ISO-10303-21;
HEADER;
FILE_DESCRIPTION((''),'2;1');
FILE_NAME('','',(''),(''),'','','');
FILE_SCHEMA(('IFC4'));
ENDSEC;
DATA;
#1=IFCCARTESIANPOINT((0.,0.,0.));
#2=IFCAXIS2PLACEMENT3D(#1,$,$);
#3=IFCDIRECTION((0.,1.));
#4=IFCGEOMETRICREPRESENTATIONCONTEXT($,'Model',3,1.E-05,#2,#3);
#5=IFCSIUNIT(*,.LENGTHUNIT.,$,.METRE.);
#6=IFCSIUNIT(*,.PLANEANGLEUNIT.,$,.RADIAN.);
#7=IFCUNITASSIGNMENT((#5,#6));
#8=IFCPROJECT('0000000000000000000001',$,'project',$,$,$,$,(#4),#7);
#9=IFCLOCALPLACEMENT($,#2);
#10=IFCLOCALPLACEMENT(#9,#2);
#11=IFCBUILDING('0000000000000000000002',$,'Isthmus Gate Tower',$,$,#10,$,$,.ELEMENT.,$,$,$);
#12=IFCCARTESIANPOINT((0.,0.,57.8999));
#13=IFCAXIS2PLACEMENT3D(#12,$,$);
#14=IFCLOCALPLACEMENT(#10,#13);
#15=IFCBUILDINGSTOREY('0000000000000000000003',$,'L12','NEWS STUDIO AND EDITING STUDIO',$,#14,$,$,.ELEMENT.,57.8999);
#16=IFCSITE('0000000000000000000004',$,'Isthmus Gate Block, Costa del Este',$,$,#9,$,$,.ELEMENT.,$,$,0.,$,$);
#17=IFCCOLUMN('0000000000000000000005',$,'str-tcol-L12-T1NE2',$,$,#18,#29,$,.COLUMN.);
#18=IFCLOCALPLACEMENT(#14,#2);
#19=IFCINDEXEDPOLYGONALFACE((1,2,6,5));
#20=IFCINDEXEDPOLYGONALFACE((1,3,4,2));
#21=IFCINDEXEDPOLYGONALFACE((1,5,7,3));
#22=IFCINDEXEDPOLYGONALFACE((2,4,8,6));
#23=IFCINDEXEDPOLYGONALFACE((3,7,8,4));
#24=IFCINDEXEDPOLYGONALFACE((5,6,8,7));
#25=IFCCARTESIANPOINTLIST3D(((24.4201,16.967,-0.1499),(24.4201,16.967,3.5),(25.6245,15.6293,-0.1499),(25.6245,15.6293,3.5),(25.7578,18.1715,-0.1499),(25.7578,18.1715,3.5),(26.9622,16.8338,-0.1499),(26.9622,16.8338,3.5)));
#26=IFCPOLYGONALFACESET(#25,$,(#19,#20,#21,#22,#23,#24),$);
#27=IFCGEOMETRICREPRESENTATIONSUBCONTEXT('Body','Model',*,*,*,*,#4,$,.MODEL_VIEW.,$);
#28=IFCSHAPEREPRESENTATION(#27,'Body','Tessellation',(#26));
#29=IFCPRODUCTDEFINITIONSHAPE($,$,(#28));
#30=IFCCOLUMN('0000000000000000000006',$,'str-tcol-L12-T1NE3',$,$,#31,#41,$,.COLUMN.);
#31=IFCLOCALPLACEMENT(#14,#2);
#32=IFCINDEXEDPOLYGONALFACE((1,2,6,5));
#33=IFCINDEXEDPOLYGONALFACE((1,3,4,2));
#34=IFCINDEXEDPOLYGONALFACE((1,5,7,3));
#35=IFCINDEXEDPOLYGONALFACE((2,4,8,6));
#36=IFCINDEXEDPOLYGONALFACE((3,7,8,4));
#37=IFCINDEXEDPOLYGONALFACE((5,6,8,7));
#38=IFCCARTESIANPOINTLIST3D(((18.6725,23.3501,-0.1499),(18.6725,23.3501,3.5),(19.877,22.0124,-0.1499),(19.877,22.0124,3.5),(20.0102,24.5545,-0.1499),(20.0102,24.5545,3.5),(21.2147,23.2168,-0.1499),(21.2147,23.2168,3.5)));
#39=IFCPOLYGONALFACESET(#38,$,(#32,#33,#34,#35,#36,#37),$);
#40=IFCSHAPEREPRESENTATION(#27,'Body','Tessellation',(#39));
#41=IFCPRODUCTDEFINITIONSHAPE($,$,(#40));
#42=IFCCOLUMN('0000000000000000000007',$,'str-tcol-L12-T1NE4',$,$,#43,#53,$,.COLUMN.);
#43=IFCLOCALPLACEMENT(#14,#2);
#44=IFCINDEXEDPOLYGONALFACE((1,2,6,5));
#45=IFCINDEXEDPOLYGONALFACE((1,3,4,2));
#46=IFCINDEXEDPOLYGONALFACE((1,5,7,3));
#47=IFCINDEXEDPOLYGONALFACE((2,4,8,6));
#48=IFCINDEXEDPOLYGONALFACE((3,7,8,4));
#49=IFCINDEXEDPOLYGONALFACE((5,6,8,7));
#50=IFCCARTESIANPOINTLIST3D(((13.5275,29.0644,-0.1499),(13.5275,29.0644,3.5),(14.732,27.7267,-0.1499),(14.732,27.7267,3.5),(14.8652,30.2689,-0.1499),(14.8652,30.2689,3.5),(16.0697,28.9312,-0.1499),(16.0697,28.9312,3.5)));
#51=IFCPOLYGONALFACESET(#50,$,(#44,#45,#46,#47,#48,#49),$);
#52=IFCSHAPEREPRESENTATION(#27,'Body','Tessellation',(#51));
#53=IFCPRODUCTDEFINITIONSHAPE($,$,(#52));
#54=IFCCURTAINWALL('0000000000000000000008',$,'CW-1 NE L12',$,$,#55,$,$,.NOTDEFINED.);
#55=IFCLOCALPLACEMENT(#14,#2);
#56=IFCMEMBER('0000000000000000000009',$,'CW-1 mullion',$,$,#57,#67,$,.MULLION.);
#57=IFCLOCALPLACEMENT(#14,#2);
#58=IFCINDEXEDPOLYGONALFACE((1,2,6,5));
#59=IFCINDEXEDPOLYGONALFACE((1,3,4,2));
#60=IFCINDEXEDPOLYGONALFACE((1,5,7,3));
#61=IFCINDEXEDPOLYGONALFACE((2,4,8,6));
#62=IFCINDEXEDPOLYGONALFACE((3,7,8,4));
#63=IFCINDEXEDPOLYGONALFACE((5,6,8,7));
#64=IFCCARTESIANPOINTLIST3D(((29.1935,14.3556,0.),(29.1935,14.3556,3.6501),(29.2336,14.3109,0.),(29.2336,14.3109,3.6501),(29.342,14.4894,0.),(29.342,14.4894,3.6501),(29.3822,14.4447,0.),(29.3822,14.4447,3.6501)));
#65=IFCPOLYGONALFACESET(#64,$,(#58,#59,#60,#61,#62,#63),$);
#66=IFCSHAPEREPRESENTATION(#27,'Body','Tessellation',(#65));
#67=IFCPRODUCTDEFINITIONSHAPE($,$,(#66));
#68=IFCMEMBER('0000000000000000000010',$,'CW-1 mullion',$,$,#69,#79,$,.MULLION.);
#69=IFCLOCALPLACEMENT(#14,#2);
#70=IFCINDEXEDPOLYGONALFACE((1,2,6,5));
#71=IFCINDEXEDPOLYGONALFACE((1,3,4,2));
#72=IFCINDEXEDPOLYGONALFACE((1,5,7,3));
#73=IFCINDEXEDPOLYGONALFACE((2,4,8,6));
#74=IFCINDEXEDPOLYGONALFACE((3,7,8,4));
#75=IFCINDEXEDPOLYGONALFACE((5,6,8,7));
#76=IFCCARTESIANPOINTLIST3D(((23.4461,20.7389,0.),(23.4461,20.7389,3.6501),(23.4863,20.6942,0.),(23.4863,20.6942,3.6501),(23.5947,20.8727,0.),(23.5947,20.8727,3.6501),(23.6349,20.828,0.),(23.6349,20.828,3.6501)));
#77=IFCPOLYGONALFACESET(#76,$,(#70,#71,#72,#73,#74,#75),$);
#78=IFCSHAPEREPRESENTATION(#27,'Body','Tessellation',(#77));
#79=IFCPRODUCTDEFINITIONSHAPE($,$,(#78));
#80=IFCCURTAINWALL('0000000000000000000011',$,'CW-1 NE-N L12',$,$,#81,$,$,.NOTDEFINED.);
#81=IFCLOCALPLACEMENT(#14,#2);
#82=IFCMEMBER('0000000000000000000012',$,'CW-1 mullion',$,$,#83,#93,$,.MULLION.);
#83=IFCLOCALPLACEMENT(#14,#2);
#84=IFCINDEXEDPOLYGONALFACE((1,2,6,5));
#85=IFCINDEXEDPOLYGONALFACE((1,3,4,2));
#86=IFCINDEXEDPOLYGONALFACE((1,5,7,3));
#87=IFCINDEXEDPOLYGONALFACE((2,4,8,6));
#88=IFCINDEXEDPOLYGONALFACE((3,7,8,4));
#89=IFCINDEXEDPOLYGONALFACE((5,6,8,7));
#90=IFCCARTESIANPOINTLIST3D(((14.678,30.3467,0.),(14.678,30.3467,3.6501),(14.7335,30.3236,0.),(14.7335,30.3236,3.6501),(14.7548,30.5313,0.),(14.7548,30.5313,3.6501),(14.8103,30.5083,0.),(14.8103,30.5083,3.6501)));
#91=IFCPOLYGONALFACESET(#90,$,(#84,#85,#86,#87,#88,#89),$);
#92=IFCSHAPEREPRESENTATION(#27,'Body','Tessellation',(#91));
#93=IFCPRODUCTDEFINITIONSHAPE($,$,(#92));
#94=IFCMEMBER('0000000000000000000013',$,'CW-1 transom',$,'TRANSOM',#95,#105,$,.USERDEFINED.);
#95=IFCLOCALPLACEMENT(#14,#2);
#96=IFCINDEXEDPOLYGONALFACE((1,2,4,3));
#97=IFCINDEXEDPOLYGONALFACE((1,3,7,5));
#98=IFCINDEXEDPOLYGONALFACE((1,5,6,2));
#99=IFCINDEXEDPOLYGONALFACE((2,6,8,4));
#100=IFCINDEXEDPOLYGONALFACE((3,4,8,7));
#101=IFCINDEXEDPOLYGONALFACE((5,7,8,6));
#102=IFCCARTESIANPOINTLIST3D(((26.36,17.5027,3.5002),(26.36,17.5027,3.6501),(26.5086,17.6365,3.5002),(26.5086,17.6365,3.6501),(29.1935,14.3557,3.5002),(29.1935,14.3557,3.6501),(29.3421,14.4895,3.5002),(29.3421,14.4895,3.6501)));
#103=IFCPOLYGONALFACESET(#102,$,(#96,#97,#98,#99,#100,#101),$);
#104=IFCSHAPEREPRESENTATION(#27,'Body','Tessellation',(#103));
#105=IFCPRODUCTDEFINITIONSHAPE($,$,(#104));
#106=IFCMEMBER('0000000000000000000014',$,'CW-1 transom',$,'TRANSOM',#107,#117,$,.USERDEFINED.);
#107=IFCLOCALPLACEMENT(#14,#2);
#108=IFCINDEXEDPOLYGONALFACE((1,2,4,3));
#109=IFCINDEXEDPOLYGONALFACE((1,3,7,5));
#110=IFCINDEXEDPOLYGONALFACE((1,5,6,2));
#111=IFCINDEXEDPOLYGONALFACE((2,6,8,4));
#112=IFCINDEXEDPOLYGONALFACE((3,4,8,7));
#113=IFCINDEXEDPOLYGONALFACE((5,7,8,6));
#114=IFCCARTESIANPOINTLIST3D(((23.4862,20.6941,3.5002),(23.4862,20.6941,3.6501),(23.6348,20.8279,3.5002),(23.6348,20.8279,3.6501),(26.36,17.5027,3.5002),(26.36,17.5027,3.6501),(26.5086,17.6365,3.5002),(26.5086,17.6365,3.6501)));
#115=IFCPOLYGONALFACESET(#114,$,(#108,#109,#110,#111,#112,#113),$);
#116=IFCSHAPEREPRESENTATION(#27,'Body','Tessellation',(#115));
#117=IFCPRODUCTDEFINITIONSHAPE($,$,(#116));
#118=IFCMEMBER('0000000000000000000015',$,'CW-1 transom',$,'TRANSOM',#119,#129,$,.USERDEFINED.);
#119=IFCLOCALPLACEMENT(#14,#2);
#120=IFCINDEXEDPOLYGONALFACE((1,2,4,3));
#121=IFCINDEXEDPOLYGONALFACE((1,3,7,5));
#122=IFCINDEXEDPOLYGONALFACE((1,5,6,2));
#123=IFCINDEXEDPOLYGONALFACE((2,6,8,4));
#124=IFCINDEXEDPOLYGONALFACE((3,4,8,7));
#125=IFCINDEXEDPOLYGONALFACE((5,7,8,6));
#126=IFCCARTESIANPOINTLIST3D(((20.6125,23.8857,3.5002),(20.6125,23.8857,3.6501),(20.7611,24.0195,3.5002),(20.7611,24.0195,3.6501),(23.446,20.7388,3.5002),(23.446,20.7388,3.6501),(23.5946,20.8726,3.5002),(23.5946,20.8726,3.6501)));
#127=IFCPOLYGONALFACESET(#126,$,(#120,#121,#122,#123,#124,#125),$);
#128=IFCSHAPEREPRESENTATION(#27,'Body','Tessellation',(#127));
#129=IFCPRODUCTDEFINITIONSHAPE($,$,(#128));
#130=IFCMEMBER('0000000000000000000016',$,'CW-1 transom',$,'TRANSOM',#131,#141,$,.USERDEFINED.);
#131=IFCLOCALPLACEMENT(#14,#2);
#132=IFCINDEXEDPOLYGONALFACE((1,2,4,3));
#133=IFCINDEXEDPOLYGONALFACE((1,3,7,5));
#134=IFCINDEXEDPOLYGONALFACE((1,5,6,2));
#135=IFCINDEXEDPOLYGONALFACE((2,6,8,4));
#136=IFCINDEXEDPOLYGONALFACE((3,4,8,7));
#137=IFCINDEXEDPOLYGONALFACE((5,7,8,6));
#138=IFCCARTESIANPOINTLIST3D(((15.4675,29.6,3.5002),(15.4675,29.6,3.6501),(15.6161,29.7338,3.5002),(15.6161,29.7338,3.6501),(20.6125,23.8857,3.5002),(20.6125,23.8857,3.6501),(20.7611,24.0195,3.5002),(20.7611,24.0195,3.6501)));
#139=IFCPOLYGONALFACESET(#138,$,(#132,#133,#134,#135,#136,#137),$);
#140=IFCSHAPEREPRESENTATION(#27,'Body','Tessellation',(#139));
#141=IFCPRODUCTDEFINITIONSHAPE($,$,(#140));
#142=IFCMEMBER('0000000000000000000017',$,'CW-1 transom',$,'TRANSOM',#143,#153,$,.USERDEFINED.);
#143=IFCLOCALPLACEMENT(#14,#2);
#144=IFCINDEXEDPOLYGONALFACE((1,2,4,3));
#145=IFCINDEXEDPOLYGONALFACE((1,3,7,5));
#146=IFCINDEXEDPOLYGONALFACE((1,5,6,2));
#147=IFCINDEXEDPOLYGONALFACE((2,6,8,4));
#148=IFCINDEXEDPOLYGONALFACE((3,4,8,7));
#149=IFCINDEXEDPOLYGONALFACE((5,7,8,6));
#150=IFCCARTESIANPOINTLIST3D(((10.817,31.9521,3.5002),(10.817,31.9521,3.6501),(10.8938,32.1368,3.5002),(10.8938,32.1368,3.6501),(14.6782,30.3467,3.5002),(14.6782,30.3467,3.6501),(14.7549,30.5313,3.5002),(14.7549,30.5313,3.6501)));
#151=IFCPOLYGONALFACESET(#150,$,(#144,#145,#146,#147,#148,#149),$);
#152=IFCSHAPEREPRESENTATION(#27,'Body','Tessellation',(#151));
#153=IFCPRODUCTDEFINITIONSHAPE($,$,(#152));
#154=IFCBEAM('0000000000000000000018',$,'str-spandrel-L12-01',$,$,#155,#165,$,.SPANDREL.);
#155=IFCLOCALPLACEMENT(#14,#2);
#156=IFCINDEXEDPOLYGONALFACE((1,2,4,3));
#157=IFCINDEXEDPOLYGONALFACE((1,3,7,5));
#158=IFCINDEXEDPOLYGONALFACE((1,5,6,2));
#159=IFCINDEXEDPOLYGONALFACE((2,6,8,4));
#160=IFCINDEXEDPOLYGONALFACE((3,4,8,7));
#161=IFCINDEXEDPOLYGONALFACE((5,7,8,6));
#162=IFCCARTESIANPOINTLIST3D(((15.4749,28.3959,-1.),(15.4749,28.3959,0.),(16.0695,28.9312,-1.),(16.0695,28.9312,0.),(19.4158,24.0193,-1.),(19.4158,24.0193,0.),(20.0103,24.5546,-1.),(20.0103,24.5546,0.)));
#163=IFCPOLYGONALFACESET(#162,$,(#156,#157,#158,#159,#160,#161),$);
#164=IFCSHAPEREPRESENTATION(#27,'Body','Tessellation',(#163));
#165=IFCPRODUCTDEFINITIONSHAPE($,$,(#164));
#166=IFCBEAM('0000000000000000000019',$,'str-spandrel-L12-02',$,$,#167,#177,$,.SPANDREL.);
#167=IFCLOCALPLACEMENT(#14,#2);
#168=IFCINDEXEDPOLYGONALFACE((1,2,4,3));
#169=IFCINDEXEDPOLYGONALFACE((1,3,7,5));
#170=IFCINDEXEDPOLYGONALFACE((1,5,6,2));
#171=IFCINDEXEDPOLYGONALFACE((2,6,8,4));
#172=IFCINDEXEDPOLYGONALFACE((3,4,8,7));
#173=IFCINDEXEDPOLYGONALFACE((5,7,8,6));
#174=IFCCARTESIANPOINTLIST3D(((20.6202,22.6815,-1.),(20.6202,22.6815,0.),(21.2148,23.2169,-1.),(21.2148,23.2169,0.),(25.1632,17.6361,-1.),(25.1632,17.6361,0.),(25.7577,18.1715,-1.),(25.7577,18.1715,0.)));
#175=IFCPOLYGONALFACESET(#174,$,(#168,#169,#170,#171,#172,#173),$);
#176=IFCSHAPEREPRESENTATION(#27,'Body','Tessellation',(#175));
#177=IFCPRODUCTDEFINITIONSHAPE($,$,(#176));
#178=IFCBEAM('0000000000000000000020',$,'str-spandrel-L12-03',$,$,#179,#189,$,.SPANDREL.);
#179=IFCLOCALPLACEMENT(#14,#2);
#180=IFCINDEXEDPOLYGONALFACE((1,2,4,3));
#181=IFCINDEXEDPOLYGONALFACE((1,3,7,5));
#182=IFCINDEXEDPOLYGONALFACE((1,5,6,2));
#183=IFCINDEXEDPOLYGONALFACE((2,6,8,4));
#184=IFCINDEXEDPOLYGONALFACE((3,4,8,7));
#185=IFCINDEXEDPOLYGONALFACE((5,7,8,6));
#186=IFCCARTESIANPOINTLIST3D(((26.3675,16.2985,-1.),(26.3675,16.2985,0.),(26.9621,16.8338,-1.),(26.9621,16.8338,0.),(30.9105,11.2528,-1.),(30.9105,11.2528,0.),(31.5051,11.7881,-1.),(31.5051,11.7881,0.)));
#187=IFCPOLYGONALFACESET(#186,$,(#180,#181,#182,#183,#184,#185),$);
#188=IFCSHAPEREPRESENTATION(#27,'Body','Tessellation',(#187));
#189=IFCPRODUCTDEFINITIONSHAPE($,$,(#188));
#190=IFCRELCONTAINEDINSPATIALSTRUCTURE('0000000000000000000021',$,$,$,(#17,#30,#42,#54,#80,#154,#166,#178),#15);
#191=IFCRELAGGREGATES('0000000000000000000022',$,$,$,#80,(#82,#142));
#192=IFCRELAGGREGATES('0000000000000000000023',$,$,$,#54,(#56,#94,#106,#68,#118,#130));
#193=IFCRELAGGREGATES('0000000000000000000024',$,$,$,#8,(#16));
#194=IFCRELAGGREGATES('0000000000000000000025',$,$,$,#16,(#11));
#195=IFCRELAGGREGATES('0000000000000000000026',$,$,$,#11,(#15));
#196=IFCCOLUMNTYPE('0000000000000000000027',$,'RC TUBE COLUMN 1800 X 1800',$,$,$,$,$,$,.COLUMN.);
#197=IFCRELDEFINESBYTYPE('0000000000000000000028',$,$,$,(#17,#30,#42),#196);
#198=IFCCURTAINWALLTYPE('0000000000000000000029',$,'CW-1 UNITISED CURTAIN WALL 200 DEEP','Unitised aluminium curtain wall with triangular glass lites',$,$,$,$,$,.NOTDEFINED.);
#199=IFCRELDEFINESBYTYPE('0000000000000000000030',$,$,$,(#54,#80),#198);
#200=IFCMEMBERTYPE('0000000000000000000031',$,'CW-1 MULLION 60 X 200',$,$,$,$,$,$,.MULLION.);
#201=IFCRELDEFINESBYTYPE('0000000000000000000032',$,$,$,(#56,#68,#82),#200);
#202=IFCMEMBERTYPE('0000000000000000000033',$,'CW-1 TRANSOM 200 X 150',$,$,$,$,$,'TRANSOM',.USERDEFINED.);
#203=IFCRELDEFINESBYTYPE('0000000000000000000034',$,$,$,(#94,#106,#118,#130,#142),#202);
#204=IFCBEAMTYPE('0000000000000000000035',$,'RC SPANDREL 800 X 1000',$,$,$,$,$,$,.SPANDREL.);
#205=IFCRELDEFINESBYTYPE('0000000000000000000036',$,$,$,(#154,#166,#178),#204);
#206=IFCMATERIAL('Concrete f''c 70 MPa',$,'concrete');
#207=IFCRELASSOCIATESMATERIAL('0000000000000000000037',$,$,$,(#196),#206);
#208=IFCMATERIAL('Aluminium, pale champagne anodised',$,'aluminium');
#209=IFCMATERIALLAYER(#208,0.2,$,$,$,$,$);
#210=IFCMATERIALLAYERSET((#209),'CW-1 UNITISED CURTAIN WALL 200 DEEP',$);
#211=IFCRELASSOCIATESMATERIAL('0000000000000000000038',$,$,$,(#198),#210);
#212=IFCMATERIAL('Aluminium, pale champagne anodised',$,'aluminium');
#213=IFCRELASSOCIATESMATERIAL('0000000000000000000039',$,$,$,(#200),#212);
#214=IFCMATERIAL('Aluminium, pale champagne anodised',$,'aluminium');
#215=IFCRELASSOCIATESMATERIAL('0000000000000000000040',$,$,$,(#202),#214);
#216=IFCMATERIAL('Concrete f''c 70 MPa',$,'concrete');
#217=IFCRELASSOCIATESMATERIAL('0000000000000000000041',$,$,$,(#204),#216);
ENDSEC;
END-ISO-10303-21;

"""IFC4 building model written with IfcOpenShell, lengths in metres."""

from ifc_helpers import new_model, si_unit, direction, frame, origin, origin_2d, place, context, subcontext, project, spatial, rectangle, extrude, material, layer, layer_set, material_profile, profile_set, type_object, element, aggregate, save


model = new_model("IFC4")

# Units and contexts
model_context = context("Model", 3, precision=1e-05, world=origin(), true_north=direction((0.0, 1.0)))
body_context = subcontext(model_context, "Body", "Model", "MODEL_VIEW")
ifc_project = project(units=[si_unit("LENGTHUNIT", "METRE"), si_unit("PLANEANGLEUNIT", "RADIAN")], contexts=[model_context])

# Site, building, storey
site_placement = place(None, origin())
site = spatial("IfcSite", under=ifc_project, at=site_placement, Name="Isthmus Gate Block, Costa del Este", CompositionType="ELEMENT", RefElevation=0.0)
building_placement = place(site_placement, origin())
building = spatial("IfcBuilding", under=site, at=building_placement, Name="Isthmus Gate Tower", CompositionType="ELEMENT")
storey_placement = place(building_placement, frame((0.0, 0.0, 57.8999)))
storey = spatial("IfcBuildingStorey", under=building, at=storey_placement, Name="L12", Description="NEWS STUDIO AND EDITING STUDIO", CompositionType="ELEMENT", Elevation=57.8999)

# Columns
ifc_material_1 = material(Name="Concrete f'c 70 MPa", Category="concrete")
ifc_material_profile_1 = material_profile(ifc_material_1, rectangle(XDim=1.8, YDim=1.8, at=origin_2d()), Name="RC 1800X1800")
ifc_profile_set_1 = profile_set([ifc_material_profile_1], Name="Concrete f'c 70 MPa")
column_type = type_object("IfcColumnType", Name="RC TUBE COLUMN 1800 X 1800", PredefinedType="COLUMN", material=ifc_profile_set_1)
for number, where, z_axis, x_axis, name in (
    (1, (25.6912, 16.9004, -0.1499), (0.0, 0.0, 1.0), (-0.669131, 0.743145, 0.0), "str-tcol-L12-T1NE2"),
    (2, (19.9436, 23.2834, -0.1499), (0.0, 0.0, 1.0), (-0.669131, 0.743145, 0.0), "str-tcol-L12-T1NE3"),
    (3, (14.7986, 28.9978, -0.1499), (0.0, 0.0, 1.0), (-0.669131, 0.743145, 0.0), "str-tcol-L12-T1NE4"),
):
    element("IfcColumn", number, at=place(storey_placement, frame(where, z_axis=z_axis, x_axis=x_axis)), inside=storey, type_object=column_type, Name=name, PredefinedType="COLUMN", context=body_context, shape_type="SweptSolid", body=[
        extrude(rectangle(XDim=1.8, YDim=1.8, at=origin_2d()), origin(), (0.0, 0.0, 1.0), 3.6499),
    ])

# Curtain wall, members
ifc_material_2 = material(Name="Aluminium, pale champagne anodised", Category="aluminium")
ifc_layer_1 = layer(ifc_material_2, 0.2)
ifc_layer_set_1 = layer_set([ifc_layer_1], Name="CW-1 UNITISED CURTAIN WALL 200 DEEP")
curtain_wall_type = type_object("IfcCurtainWallType", Name="CW-1 UNITISED CURTAIN WALL 200 DEEP", Description="Unitised aluminium curtain wall with triangular glass lites", PredefinedType="NOTDEFINED", material=ifc_layer_set_1)
curtain_wall_1_placement = place(storey_placement, origin())
curtain_wall_1 = element("IfcCurtainWall", 4, at=curtain_wall_1_placement, inside=storey, type_object=curtain_wall_type, Name="CW-1 NE L12", PredefinedType="NOTDEFINED")
ifc_material_3 = material(Name="Aluminium, pale champagne anodised", Category="aluminium")
ifc_material_profile_2 = material_profile(ifc_material_3, rectangle(XDim=0.0601, YDim=0.2, at=origin_2d()), Name="60x200")
ifc_profile_set_2 = profile_set([ifc_material_profile_2], Name="Aluminium, pale champagne anodised")
member_type_1 = type_object("IfcMemberType", Name="CW-1 MULLION 60 X 200", PredefinedType="MULLION", material=ifc_profile_set_2)
member_1_placement = place(storey_placement, frame((29.2878, 14.4001, 0.0), z_axis=(0.0, 0.0, 1.0), x_axis=(-0.669131, 0.743145, 0.0)))
member_1 = element("IfcMember", 5, at=member_1_placement, type_object=member_type_1, Name="CW-1 mullion", PredefinedType="MULLION", context=body_context, shape_type="SweptSolid", body=[
    extrude(rectangle(XDim=0.0601, YDim=0.2, at=origin_2d()), origin(), (0.0, 0.0, 1.0), 3.6501),
])
member_2_placement = place(storey_placement, frame((23.5405, 20.7834, 0.0), z_axis=(0.0, 0.0, 1.0), x_axis=(-0.669131, 0.743145, 0.0)))
member_2 = element("IfcMember", 6, at=member_2_placement, type_object=member_type_1, Name="CW-1 mullion", PredefinedType="MULLION", context=body_context, shape_type="SweptSolid", body=[
    extrude(rectangle(XDim=0.0601, YDim=0.2, at=origin_2d()), origin(), (0.0, 0.0, 1.0), 3.6501),
])

# Curtain wall, member
curtain_wall_2_placement = place(storey_placement, origin())
curtain_wall_2 = element("IfcCurtainWall", 7, at=curtain_wall_2_placement, inside=storey, type_object=curtain_wall_type, Name="CW-1 NE-N L12", PredefinedType="NOTDEFINED")
member_3_placement = place(storey_placement, frame((14.7441, 30.4275, 0.0), z_axis=(0.0, 0.0, 1.0), x_axis=(-0.923353, 0.383952, 0.0)))
member_3 = element("IfcMember", 8, at=member_3_placement, type_object=member_type_1, Name="CW-1 mullion", PredefinedType="MULLION", context=body_context, shape_type="SweptSolid", body=[
    extrude(rectangle(XDim=0.0601, YDim=0.2, at=origin_2d()), origin(), (0.0, 0.0, 1.0), 3.6501),
])

# Members
ifc_material_4 = material(Name="Aluminium, pale champagne anodised", Category="aluminium")
ifc_material_profile_3 = material_profile(ifc_material_4, rectangle(XDim=0.2, YDim=0.1499, at=origin_2d()), Name="200x150")
ifc_profile_set_3 = profile_set([ifc_material_profile_3], Name="Aluminium, pale champagne anodised")
member_type_2 = type_object("IfcMemberType", Name="CW-1 TRANSOM 200 X 150", ElementType="TRANSOM", PredefinedType="USERDEFINED", material=ifc_profile_set_3)
member_4_placement = place(storey_placement, frame((29.2678, 14.4226, 3.5752), z_axis=(-0.669124, 0.743151, 0.0), x_axis=(-0.743151, -0.669124, 0.0)))
member_4 = element("IfcMember", 9, at=member_4_placement, type_object=member_type_2, Name="CW-1 transom", ObjectType="TRANSOM", PredefinedType="USERDEFINED", context=body_context, shape_type="SweptSolid", body=[
    extrude(rectangle(XDim=0.2, YDim=0.1499, at=origin_2d()), origin(), (0.0, 0.0, 1.0), 4.2346),
])
member_5_placement = place(storey_placement, frame((26.4343, 17.5696, 3.5752), z_axis=(-0.669159, 0.743119, 0.0), x_axis=(-0.743119, -0.669159, 0.0)))
member_5 = element("IfcMember", 10, at=member_5_placement, type_object=member_type_2, Name="CW-1 transom", ObjectType="TRANSOM", PredefinedType="USERDEFINED", context=body_context, shape_type="SweptSolid", body=[
    extrude(rectangle(XDim=0.2, YDim=0.1499, at=origin_2d()), origin(), (0.0, 0.0, 1.0), 4.2947),
])
member_6_placement = place(storey_placement, frame((23.5203, 20.8057, 3.5752), z_axis=(-0.669124, 0.743151, 0.0), x_axis=(-0.743151, -0.669124, 0.0)))
member_6 = element("IfcMember", 11, at=member_6_placement, type_object=member_type_2, Name="CW-1 transom", ObjectType="TRANSOM", PredefinedType="USERDEFINED", context=body_context, shape_type="SweptSolid", body=[
    extrude(rectangle(XDim=0.2, YDim=0.1499, at=origin_2d()), origin(), (0.0, 0.0, 1.0), 4.2346),
])
member_7_placement = place(storey_placement, frame((20.6868, 23.9526, 3.5752), z_axis=(-0.669116, 0.743158, 0.0), x_axis=(-0.743158, -0.669116, 0.0)))
member_7 = element("IfcMember", 12, at=member_7_placement, type_object=member_type_2, Name="CW-1 transom", ObjectType="TRANSOM", PredefinedType="USERDEFINED", context=body_context, shape_type="SweptSolid", body=[
    extrude(rectangle(XDim=0.2, YDim=0.1499, at=origin_2d()), origin(), (0.0, 0.0, 1.0), 7.6892),
])
member_8_placement = place(storey_placement, frame((14.7166, 30.439, 3.5752), z_axis=(-0.923358, 0.38394, 0.0), x_axis=(-0.38394, -0.923358, 0.0)))
member_8 = element("IfcMember", 13, at=member_8_placement, type_object=member_type_2, Name="CW-1 transom", ObjectType="TRANSOM", PredefinedType="USERDEFINED", context=body_context, shape_type="SweptSolid", body=[
    extrude(rectangle(XDim=0.2, YDim=0.1499, at=origin_2d()), origin(), (0.0, 0.0, 1.0), 4.1816),
])
aggregate(curtain_wall_2, [member_3, member_8])

# Beams
ifc_material_5 = material(Name="Concrete f'c 70 MPa", Category="concrete")
ifc_material_profile_4 = material_profile(ifc_material_5, rectangle(XDim=0.8, YDim=1.0, at=origin_2d()), Name="RC 800X1000")
ifc_profile_set_4 = profile_set([ifc_material_profile_4], Name="Concrete f'c 70 MPa")
beam_type_1 = type_object("IfcBeamType", Name="RC SPANDREL 800 X 1000", PredefinedType="SPANDREL", material=ifc_profile_set_4)
beam_1_placement = place(storey_placement, frame((15.7722, 28.6636, -0.5), z_axis=(0.669141, -0.743135, 0.0), x_axis=(0.743135, 0.669141, 0.0)))
element("IfcBeam", 14, at=beam_1_placement, inside=storey, type_object=beam_type_1, Name="str-spandrel-L12-01", PredefinedType="SPANDREL", context=body_context, shape_type="SweptSolid", body=[
    extrude(rectangle(XDim=0.8, YDim=1.0, at=origin_2d()), origin(), (0.0, 0.0, 1.0), 5.8894),
])
beam_2_placement = place(storey_placement, frame((20.9175, 22.9492, -0.5), z_axis=(0.669136, -0.74314, 0.0), x_axis=(0.74314, 0.669136, 0.0)))
element("IfcBeam", 15, at=beam_2_placement, inside=storey, type_object=beam_type_1, Name="str-spandrel-L12-02", PredefinedType="SPANDREL", context=body_context, shape_type="SweptSolid", body=[
    extrude(rectangle(XDim=0.8, YDim=1.0, at=origin_2d()), origin(), (0.0, 0.0, 1.0), 6.7893),
])
beam_3_placement = place(storey_placement, frame((26.6648, 16.5662, -0.5), z_axis=(0.669118, -0.743156, 0.0), x_axis=(0.743156, 0.669118, 0.0)))
element("IfcBeam", 16, at=beam_3_placement, inside=storey, type_object=beam_type_1, Name="str-spandrel-L12-03", PredefinedType="SPANDREL", context=body_context, shape_type="SweptSolid", body=[
    extrude(rectangle(XDim=0.8, YDim=1.0, at=origin_2d()), origin(), (0.0, 0.0, 1.0), 6.7896),
])

aggregate(curtain_wall_1, [member_1, member_4, member_5, member_2, member_6, member_7])

save(model, "model.ifc")
